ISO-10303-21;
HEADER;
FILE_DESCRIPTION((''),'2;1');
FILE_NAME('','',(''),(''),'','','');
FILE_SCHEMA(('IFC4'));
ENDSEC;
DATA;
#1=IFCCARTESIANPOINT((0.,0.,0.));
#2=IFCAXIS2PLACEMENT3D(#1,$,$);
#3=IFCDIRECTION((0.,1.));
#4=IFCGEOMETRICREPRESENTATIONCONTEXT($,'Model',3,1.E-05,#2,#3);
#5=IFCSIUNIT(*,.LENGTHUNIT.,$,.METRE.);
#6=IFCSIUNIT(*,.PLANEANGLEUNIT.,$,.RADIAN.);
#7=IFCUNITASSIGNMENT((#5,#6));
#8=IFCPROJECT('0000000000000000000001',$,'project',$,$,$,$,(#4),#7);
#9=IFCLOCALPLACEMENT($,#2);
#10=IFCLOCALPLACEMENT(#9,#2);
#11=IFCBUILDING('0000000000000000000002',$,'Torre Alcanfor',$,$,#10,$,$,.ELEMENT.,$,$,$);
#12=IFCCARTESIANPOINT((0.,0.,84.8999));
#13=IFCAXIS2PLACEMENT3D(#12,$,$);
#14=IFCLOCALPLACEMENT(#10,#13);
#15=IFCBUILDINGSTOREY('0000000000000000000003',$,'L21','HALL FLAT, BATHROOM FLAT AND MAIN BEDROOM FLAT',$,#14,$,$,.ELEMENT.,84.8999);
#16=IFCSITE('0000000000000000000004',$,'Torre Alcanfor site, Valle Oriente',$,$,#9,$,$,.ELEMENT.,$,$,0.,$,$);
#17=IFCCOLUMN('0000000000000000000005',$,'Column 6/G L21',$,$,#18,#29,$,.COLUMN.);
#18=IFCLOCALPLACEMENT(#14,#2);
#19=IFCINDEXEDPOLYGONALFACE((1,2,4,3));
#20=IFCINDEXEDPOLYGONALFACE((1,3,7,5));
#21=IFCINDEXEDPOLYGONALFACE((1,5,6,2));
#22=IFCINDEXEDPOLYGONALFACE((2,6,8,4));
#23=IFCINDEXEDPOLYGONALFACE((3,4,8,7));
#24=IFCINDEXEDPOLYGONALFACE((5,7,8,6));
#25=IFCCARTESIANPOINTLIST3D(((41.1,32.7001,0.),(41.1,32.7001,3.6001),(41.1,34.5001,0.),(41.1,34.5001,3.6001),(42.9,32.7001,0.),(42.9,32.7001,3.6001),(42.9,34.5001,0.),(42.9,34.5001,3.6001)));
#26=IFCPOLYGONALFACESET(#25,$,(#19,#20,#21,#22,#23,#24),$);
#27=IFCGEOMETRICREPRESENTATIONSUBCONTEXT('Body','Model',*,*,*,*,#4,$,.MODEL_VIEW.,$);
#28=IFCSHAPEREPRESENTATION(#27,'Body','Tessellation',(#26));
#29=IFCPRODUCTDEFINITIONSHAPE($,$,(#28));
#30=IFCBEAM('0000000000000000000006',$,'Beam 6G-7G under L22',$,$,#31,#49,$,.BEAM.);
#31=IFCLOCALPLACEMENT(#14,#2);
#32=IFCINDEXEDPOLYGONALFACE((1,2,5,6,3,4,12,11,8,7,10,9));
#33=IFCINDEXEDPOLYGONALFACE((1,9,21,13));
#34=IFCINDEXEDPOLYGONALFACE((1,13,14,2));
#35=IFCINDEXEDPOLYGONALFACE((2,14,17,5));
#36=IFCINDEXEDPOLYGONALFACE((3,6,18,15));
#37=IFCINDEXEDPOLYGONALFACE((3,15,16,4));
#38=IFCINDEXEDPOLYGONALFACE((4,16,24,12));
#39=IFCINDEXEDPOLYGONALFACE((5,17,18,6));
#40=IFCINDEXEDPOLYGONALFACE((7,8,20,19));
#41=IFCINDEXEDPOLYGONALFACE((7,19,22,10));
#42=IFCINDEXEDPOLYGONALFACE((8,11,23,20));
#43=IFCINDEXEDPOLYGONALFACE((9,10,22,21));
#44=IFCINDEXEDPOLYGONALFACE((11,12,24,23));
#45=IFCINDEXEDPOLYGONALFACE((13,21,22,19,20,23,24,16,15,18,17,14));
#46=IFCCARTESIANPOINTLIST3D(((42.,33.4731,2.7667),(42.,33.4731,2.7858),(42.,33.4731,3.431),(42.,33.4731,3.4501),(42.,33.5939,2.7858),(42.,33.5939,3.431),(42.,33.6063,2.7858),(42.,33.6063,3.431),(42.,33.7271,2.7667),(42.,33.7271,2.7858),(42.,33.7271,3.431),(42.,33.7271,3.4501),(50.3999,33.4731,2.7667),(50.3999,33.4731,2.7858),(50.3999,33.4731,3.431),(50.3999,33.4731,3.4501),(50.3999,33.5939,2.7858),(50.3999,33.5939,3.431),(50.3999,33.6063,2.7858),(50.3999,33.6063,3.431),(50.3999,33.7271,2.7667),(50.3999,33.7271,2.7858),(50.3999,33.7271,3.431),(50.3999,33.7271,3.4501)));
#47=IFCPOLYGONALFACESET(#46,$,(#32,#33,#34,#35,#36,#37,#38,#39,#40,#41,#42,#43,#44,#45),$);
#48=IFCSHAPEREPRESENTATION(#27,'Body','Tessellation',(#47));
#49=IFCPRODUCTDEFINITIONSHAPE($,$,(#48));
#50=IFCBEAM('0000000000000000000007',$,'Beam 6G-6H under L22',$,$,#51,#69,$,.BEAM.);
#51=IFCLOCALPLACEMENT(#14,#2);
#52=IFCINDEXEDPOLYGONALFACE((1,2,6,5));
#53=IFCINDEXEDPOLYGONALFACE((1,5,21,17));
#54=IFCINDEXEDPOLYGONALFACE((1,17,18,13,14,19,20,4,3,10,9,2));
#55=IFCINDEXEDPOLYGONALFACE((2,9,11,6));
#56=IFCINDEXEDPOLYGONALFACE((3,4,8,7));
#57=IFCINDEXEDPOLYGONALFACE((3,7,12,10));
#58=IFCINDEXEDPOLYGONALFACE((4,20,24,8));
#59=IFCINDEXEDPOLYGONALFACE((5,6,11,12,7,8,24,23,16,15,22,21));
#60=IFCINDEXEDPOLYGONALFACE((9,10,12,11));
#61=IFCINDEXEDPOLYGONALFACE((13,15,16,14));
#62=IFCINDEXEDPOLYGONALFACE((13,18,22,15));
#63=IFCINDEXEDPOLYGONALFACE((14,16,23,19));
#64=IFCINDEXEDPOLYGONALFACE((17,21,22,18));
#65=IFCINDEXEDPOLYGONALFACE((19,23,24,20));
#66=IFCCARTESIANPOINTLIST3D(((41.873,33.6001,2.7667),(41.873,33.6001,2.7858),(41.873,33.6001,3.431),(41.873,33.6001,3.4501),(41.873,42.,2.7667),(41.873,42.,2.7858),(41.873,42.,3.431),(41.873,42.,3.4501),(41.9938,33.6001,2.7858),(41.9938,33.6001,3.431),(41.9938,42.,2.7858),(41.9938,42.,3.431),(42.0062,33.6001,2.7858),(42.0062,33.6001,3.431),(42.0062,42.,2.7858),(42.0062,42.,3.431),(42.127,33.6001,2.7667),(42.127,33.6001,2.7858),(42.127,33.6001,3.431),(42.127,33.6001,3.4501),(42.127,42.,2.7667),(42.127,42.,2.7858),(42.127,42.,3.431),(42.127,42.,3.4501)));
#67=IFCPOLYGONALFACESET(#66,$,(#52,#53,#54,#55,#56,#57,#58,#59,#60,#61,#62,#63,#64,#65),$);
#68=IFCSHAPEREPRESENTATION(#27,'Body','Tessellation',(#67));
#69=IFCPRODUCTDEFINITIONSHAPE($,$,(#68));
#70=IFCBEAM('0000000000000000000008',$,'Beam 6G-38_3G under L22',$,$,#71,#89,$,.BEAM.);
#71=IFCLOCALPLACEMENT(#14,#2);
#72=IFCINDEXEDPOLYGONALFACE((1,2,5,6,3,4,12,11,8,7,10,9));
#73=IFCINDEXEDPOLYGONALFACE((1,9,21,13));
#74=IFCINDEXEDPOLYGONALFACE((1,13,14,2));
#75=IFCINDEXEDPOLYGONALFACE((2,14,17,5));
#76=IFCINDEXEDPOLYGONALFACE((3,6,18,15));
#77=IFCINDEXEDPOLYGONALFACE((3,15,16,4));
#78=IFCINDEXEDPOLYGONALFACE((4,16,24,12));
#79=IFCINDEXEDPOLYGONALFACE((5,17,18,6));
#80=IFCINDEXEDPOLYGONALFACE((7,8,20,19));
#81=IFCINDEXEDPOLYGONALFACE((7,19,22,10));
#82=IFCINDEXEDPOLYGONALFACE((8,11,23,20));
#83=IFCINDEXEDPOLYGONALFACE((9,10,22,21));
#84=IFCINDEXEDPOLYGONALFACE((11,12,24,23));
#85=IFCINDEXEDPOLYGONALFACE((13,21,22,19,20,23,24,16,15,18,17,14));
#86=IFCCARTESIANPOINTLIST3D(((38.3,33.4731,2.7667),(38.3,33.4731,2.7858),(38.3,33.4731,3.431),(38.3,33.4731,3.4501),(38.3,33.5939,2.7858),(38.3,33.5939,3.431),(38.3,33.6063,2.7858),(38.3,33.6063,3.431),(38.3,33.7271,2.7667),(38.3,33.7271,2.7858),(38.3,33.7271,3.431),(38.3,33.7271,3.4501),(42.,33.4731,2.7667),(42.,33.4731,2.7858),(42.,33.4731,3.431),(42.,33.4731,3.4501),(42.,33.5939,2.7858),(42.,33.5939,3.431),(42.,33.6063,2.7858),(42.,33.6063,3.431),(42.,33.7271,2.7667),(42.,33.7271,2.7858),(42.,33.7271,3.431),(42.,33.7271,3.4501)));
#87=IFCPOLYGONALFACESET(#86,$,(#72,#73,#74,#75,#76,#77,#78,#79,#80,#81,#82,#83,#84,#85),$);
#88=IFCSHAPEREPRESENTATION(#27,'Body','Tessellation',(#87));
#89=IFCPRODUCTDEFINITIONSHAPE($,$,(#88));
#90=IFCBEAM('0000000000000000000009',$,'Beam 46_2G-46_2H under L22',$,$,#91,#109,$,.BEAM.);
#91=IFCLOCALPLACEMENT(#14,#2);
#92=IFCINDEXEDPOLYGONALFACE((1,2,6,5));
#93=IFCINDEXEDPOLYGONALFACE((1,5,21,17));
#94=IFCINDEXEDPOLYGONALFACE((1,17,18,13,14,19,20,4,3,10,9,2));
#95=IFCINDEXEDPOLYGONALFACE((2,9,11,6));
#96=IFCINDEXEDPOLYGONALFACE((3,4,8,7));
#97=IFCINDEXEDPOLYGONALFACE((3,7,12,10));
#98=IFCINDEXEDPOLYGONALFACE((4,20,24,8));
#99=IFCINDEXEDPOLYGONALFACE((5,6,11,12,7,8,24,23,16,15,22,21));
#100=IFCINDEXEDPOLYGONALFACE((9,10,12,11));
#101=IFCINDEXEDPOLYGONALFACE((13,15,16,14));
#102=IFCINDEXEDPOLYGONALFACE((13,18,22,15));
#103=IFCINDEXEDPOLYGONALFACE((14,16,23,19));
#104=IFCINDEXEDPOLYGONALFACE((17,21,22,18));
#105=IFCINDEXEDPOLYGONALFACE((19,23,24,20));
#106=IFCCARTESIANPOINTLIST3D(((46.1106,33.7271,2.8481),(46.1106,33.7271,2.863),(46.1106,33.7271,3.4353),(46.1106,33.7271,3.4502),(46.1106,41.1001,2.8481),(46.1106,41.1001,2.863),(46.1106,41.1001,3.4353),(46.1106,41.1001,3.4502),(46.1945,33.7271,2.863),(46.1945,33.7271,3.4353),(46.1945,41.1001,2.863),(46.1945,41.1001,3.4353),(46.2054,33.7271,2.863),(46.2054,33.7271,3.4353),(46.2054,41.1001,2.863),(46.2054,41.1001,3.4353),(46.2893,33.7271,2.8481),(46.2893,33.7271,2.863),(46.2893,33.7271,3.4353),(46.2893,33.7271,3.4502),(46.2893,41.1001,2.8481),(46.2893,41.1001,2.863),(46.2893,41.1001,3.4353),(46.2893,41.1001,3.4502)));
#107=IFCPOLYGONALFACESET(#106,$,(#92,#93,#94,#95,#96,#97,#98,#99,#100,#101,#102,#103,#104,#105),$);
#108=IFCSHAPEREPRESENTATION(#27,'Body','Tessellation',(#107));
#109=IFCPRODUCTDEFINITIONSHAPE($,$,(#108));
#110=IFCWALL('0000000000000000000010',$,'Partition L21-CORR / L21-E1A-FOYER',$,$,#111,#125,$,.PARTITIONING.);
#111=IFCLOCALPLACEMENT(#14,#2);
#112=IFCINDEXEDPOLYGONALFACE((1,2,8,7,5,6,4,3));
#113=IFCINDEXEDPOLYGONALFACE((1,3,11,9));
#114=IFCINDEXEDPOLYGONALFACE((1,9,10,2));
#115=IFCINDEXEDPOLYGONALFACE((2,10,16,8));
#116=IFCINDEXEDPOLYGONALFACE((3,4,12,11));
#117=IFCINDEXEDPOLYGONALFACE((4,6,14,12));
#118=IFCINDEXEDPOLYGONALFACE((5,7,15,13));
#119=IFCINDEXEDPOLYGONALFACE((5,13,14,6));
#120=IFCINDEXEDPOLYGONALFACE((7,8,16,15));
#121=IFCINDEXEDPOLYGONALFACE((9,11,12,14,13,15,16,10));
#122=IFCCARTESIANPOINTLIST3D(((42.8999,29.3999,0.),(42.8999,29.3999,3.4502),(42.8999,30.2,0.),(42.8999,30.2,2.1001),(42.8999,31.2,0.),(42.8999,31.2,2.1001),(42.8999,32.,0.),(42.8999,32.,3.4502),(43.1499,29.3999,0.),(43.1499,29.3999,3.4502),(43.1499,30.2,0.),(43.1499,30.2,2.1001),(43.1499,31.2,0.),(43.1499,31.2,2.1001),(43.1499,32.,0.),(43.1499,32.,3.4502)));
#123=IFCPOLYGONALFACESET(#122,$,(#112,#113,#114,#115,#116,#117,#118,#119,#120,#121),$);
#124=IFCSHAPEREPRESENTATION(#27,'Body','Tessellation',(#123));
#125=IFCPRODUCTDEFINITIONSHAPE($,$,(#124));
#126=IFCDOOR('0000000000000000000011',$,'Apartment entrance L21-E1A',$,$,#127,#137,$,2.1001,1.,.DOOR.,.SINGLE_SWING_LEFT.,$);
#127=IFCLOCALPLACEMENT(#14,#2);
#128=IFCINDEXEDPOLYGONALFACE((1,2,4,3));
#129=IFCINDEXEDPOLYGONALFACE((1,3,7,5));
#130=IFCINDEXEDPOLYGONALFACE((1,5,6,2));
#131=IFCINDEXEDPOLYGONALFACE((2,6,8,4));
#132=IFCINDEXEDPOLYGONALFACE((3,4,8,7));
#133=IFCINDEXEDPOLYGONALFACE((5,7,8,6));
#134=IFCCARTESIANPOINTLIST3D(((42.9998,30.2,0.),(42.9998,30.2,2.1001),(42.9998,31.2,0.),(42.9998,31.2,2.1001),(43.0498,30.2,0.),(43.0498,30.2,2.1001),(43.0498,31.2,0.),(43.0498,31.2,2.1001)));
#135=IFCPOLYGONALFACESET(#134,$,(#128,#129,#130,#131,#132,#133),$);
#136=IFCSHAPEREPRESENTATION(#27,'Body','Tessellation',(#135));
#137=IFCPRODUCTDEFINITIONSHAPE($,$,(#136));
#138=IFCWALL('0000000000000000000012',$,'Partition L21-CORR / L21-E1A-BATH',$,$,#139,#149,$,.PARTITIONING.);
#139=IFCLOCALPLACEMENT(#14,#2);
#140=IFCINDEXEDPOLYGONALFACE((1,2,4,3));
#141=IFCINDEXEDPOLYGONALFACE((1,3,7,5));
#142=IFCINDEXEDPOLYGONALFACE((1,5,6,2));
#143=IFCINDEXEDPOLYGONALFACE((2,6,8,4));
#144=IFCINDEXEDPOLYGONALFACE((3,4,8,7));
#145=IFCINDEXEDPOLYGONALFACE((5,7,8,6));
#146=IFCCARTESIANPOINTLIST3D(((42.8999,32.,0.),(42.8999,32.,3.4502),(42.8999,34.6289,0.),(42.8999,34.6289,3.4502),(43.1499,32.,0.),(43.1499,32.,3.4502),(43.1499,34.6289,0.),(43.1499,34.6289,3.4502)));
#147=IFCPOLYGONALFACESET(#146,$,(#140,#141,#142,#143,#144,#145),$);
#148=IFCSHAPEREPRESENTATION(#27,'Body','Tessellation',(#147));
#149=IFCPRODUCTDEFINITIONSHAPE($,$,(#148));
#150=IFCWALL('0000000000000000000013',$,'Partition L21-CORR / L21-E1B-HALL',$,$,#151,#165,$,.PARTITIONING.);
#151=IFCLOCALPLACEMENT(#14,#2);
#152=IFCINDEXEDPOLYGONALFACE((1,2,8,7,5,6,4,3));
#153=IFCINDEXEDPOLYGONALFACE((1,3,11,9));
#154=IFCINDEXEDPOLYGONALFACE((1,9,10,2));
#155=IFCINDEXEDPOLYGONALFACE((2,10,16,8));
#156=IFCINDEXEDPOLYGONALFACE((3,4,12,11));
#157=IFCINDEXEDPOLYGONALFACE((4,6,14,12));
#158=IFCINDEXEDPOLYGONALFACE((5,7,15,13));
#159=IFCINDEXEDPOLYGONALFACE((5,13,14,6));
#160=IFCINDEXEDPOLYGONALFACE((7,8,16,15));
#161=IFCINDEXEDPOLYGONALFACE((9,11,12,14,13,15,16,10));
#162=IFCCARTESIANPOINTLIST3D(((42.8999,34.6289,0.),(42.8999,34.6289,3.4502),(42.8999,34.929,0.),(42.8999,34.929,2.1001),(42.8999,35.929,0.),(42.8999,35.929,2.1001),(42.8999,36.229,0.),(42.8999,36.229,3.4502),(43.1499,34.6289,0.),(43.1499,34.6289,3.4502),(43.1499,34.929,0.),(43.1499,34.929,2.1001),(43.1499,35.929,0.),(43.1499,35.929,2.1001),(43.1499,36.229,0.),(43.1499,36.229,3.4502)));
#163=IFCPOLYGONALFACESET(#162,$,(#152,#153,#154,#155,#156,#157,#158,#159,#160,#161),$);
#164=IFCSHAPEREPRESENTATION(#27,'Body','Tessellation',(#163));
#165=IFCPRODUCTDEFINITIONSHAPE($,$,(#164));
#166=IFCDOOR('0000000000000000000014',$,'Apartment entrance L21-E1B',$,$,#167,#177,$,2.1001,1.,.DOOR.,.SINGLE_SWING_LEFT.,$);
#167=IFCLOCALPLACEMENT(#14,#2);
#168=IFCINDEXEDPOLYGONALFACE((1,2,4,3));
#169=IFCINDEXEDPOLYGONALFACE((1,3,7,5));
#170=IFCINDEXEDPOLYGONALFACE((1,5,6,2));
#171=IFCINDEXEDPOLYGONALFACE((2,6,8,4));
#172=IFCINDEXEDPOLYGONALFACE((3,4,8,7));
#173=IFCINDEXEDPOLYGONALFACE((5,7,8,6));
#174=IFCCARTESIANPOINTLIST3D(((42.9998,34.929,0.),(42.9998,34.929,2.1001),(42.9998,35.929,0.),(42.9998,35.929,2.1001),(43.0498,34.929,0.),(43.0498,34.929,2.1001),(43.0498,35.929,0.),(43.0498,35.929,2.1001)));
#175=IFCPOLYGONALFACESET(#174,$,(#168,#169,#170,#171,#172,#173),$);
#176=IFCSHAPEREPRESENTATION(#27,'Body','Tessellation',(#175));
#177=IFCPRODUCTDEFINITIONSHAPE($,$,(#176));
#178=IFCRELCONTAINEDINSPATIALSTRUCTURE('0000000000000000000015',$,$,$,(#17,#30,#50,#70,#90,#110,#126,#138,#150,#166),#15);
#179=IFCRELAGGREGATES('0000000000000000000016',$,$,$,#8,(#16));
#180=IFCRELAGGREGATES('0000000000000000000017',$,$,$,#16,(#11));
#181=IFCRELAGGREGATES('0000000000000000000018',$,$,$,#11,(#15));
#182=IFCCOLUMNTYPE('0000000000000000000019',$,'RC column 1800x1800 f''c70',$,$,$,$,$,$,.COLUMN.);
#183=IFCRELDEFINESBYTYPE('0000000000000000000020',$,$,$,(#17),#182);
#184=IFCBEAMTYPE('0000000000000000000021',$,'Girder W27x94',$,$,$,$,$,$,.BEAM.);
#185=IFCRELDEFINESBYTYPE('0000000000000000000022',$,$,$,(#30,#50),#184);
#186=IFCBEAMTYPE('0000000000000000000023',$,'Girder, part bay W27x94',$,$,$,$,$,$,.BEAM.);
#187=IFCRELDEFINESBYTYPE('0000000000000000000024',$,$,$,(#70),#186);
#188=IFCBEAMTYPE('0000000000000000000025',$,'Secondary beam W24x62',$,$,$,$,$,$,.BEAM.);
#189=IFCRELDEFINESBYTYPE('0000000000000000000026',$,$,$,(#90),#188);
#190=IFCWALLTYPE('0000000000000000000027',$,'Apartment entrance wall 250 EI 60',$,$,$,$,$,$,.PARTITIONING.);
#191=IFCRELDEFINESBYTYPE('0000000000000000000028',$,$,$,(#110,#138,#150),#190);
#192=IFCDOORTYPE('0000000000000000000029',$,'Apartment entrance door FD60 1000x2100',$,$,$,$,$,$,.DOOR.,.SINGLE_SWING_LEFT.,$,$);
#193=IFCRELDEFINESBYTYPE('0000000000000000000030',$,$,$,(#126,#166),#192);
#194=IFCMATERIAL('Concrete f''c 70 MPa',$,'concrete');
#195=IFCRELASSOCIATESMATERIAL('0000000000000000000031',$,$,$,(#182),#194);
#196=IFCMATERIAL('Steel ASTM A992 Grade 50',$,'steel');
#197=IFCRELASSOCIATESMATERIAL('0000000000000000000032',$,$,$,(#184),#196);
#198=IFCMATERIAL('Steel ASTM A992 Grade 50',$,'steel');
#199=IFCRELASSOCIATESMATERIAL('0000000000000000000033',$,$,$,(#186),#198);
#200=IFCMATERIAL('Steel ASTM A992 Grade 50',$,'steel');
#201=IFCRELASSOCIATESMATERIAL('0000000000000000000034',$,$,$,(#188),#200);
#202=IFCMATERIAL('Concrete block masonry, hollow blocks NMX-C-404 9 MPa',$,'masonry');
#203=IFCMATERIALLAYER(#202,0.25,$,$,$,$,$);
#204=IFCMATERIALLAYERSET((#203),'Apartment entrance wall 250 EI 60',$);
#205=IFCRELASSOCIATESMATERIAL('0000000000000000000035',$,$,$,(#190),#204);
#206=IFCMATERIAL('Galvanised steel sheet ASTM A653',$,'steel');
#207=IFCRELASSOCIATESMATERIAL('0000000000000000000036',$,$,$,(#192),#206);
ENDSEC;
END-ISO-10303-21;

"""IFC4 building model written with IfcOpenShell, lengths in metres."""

from ifc_helpers import new_model, si_unit, direction, frame, frame_2d, origin, origin_2d, place, context, subcontext, project, spatial, rectangle, i_section, extrude, material, layer, layer_set, material_profile, profile_set, type_object, element, fill, save


model = new_model("IFC4")

# Units and contexts
model_context = context("Model", 3, precision=1e-05, world=origin(), true_north=direction((0.0, 1.0)))
body_context = subcontext(model_context, "Body", "Model", "MODEL_VIEW")
ifc_project = project(units=[si_unit("LENGTHUNIT", "METRE"), si_unit("PLANEANGLEUNIT", "RADIAN")], contexts=[model_context])

# Site, building, storey
site_placement = place(None, origin())
site = spatial("IfcSite", under=ifc_project, at=site_placement, Name="Torre Alcanfor site, Valle Oriente", CompositionType="ELEMENT", RefElevation=0.0)
building_placement = place(site_placement, origin())
building = spatial("IfcBuilding", under=site, at=building_placement, Name="Torre Alcanfor", CompositionType="ELEMENT")
storey_placement = place(building_placement, frame((0.0, 0.0, 84.8999)))
storey = spatial("IfcBuildingStorey", under=building, at=storey_placement, Name="L21", Description="HALL FLAT, BATHROOM FLAT AND MAIN BEDROOM FLAT", CompositionType="ELEMENT", Elevation=84.8999)

# Column
ifc_material_1 = material(Name="Concrete f'c 70 MPa", Category="concrete")
ifc_material_profile_1 = material_profile(ifc_material_1, rectangle(XDim=1.8, YDim=1.8, at=origin_2d()), Name="1800x1800")
ifc_profile_set_1 = profile_set([ifc_material_profile_1], Name="Concrete f'c 70 MPa")
column_type = type_object("IfcColumnType", Name="RC column 1800x1800 f'c70", PredefinedType="COLUMN", material=ifc_profile_set_1)
column_placement = place(storey_placement, frame((42.0, 33.6001, 0.0), z_axis=(0.0, 0.0, 1.0), x_axis=(1.0, 0.0, 0.0)))
element("IfcColumn", 1, at=column_placement, inside=storey, type_object=column_type, Name="Column 6/G L21", PredefinedType="COLUMN", context=body_context, shape_type="SweptSolid", body=[
    extrude(rectangle(XDim=1.8, YDim=1.8, at=origin_2d()), origin(), (0.0, 0.0, 1.0), 3.6001),
])

# Beams
ifc_material_2 = material(Name="Steel ASTM A992 Grade 50", Category="steel")
ifc_material_profile_2 = material_profile(ifc_material_2, i_section(OverallWidth=0.2539, OverallDepth=0.6833, WebThickness=0.0125, FlangeThickness=0.019, at=origin_2d()), Name="W27x94")
ifc_profile_set_2 = profile_set([ifc_material_profile_2], Name="Steel ASTM A992 Grade 50")
beam_type_1 = type_object("IfcBeamType", Name="Girder W27x94", PredefinedType="BEAM", material=ifc_profile_set_2)
for number, where, z_axis, x_axis, name in (
    (2, (42.0, 33.6001, 3.1084), (1.0, 0.0, 0.0), (0.0, 1.0, 0.0), "Beam 6G-7G under L22"),
    (3, (42.0, 33.6001, 3.1084), (0.0, 1.0, 0.0), (-1.0, 0.0, 0.0), "Beam 6G-6H under L22"),
):
    element("IfcBeam", number, at=place(storey_placement, frame(where, z_axis=z_axis, x_axis=x_axis)), inside=storey, type_object=beam_type_1, Name=name, PredefinedType="BEAM", context=body_context, shape_type="SweptSolid", body=[
        extrude(i_section(OverallWidth=0.2539, OverallDepth=0.6833, WebThickness=0.0125, FlangeThickness=0.019, at=origin_2d()), origin(), (0.0, 0.0, 1.0), 8.3999),
    ])
ifc_material_3 = material(Name="Steel ASTM A992 Grade 50", Category="steel")
ifc_material_profile_3 = material_profile(ifc_material_3, i_section(OverallWidth=0.2539, OverallDepth=0.6833, WebThickness=0.0125, FlangeThickness=0.019, at=origin_2d()), Name="W27x94")
ifc_profile_set_3 = profile_set([ifc_material_profile_3], Name="Steel ASTM A992 Grade 50")
beam_type_2 = type_object("IfcBeamType", Name="Girder, part bay W27x94", PredefinedType="BEAM", material=ifc_profile_set_3)
beam_1_placement = place(storey_placement, frame((42.0, 33.6001, 3.1084), z_axis=(-1.0, 0.0, 0.0), x_axis=(0.0, -1.0, 0.0)))
element("IfcBeam", 4, at=beam_1_placement, inside=storey, type_object=beam_type_2, Name="Beam 6G-38_3G under L22", PredefinedType="BEAM", context=body_context, shape_type="SweptSolid", body=[
    extrude(i_section(OverallWidth=0.2539, OverallDepth=0.6833, WebThickness=0.0125, FlangeThickness=0.019, at=origin_2d()), origin(), (0.0, 0.0, 1.0), 3.7),
])
ifc_material_4 = material(Name="Steel ASTM A992 Grade 50", Category="steel")
ifc_material_profile_4 = material_profile(ifc_material_4, i_section(OverallWidth=0.1787, OverallDepth=0.6021, WebThickness=0.011, FlangeThickness=0.0149, at=origin_2d()), Name="W24x62")
ifc_profile_set_4 = profile_set([ifc_material_profile_4], Name="Steel ASTM A992 Grade 50")
beam_type_3 = type_object("IfcBeamType", Name="Secondary beam W24x62", PredefinedType="BEAM", material=ifc_profile_set_4)
beam_2_placement = place(storey_placement, frame((46.2, 33.7271, 3.1492), z_axis=(0.0, 1.0, 0.0), x_axis=(-1.0, 0.0, 0.0)))
element("IfcBeam", 5, at=beam_2_placement, inside=storey, type_object=beam_type_3, Name="Beam 46_2G-46_2H under L22", PredefinedType="BEAM", context=body_context, shape_type="SweptSolid", body=[
    extrude(i_section(OverallWidth=0.1787, OverallDepth=0.6021, WebThickness=0.011, FlangeThickness=0.0149, at=origin_2d()), origin(), (0.0, 0.0, 1.0), 7.373),
])

# Wall, opening, door
ifc_material_5 = material(Name="Concrete block masonry, hollow blocks NMX-C-404 9 MPa", Category="masonry")
ifc_layer_1 = layer(ifc_material_5, 0.25)
ifc_layer_set_1 = layer_set([ifc_layer_1], Name="Apartment entrance wall 250 EI 60")
wall_type_1 = type_object("IfcWallType", Name="Apartment entrance wall 250 EI 60", PredefinedType="PARTITIONING", material=ifc_layer_set_1)
wall_1_placement = place(storey_placement, frame((43.0249, 32.0, 0.0), z_axis=(0.0, 0.0, 1.0), x_axis=(0.0, -1.0, 0.0)))
wall_1 = element("IfcWall", 6, at=wall_1_placement, inside=storey, type_object=wall_type_1, Name="Partition L21-CORR / L21-E1A-FOYER", PredefinedType="PARTITIONING", context=body_context, shape_type="SweptSolid", body=[
    extrude(rectangle(XDim=2.6001, YDim=0.25, at=frame_2d((1.3, 0.0))), origin(), (0.0, 0.0, 1.0), 3.4502),
])
opening_1_placement = place(wall_1_placement, frame((0.8, 0.0, 0.0)))
opening_1 = element("IfcOpeningElement", 7, at=opening_1_placement, cuts=wall_1, PredefinedType="OPENING", context=body_context, shape_type="SweptSolid", body=[
    extrude(rectangle(XDim=1.0, YDim=2.1001, at=frame_2d((0.5, 1.05))), frame((0.0, 0.135, 0.0), z_axis=(0.0, -1.0, 0.0), x_axis=(1.0, 0.0, 0.0)), (0.0, 0.0, 1.0), 0.27),
])
ifc_material_6 = material(Name="Galvanised steel sheet ASTM A653", Category="steel")
door_type_1 = type_object("IfcDoorType", Name="Apartment entrance door FD60 1000x2100", OperationType="SINGLE_SWING_LEFT", PredefinedType="DOOR", material=ifc_material_6)
door_1_placement = place(opening_1_placement, origin())
door_1 = element("IfcDoor", 8, at=door_1_placement, inside=storey, type_object=door_type_1, Name="Apartment entrance L21-E1A", OperationType="SINGLE_SWING_LEFT", OverallHeight=2.1001, OverallWidth=1.0, PredefinedType="DOOR", context=body_context, shape_type="SweptSolid", body=[
    extrude(rectangle(XDim=1.0, YDim=2.1001, at=frame_2d((0.5, 1.05))), frame((0.0, 0.0249, 0.0), z_axis=(0.0, -1.0, 0.0), x_axis=(1.0, 0.0, 0.0)), (0.0, 0.0, 1.0), 0.05),
])
fill(opening_1, door_1)

# Wall
wall_2_placement = place(storey_placement, frame((43.0249, 34.6289, 0.0), z_axis=(0.0, 0.0, 1.0), x_axis=(0.0, -1.0, 0.0)))
element("IfcWall", 9, at=wall_2_placement, inside=storey, type_object=wall_type_1, Name="Partition L21-CORR / L21-E1A-BATH", PredefinedType="PARTITIONING", context=body_context, shape_type="SweptSolid", body=[
    extrude(rectangle(XDim=2.6289, YDim=0.25, at=frame_2d((1.3145, 0.0))), origin(), (0.0, 0.0, 1.0), 3.4502),
])

# Wall, opening, door
wall_3_placement = place(storey_placement, frame((43.0249, 36.229, 0.0), z_axis=(0.0, 0.0, 1.0), x_axis=(0.0, -1.0, 0.0)))
wall_3 = element("IfcWall", 10, at=wall_3_placement, inside=storey, type_object=wall_type_1, Name="Partition L21-CORR / L21-E1B-HALL", PredefinedType="PARTITIONING", context=body_context, shape_type="SweptSolid", body=[
    extrude(rectangle(XDim=1.6001, YDim=0.25, at=frame_2d((0.8, 0.0))), origin(), (0.0, 0.0, 1.0), 3.4502),
])
opening_2_placement = place(wall_3_placement, frame((0.3, 0.0, 0.0)))
opening_2 = element("IfcOpeningElement", 11, at=opening_2_placement, cuts=wall_3, PredefinedType="OPENING", context=body_context, shape_type="SweptSolid", body=[
    extrude(rectangle(XDim=1.0, YDim=2.1001, at=frame_2d((0.5, 1.05))), frame((0.0, 0.135, 0.0), z_axis=(0.0, -1.0, 0.0), x_axis=(1.0, 0.0, 0.0)), (0.0, 0.0, 1.0), 0.27),
])
door_2_placement = place(opening_2_placement, origin())
door_2 = element("IfcDoor", 12, at=door_2_placement, inside=storey, type_object=door_type_1, Name="Apartment entrance L21-E1B", OperationType="SINGLE_SWING_LEFT", OverallHeight=2.1001, OverallWidth=1.0, PredefinedType="DOOR", context=body_context, shape_type="SweptSolid", body=[
    extrude(rectangle(XDim=1.0, YDim=2.1001, at=frame_2d((0.5, 1.05))), frame((0.0, 0.0249, 0.0), z_axis=(0.0, -1.0, 0.0), x_axis=(1.0, 0.0, 0.0)), (0.0, 0.0, 1.0), 0.05),
])
fill(opening_2, door_2)

save(model, "model.ifc")
